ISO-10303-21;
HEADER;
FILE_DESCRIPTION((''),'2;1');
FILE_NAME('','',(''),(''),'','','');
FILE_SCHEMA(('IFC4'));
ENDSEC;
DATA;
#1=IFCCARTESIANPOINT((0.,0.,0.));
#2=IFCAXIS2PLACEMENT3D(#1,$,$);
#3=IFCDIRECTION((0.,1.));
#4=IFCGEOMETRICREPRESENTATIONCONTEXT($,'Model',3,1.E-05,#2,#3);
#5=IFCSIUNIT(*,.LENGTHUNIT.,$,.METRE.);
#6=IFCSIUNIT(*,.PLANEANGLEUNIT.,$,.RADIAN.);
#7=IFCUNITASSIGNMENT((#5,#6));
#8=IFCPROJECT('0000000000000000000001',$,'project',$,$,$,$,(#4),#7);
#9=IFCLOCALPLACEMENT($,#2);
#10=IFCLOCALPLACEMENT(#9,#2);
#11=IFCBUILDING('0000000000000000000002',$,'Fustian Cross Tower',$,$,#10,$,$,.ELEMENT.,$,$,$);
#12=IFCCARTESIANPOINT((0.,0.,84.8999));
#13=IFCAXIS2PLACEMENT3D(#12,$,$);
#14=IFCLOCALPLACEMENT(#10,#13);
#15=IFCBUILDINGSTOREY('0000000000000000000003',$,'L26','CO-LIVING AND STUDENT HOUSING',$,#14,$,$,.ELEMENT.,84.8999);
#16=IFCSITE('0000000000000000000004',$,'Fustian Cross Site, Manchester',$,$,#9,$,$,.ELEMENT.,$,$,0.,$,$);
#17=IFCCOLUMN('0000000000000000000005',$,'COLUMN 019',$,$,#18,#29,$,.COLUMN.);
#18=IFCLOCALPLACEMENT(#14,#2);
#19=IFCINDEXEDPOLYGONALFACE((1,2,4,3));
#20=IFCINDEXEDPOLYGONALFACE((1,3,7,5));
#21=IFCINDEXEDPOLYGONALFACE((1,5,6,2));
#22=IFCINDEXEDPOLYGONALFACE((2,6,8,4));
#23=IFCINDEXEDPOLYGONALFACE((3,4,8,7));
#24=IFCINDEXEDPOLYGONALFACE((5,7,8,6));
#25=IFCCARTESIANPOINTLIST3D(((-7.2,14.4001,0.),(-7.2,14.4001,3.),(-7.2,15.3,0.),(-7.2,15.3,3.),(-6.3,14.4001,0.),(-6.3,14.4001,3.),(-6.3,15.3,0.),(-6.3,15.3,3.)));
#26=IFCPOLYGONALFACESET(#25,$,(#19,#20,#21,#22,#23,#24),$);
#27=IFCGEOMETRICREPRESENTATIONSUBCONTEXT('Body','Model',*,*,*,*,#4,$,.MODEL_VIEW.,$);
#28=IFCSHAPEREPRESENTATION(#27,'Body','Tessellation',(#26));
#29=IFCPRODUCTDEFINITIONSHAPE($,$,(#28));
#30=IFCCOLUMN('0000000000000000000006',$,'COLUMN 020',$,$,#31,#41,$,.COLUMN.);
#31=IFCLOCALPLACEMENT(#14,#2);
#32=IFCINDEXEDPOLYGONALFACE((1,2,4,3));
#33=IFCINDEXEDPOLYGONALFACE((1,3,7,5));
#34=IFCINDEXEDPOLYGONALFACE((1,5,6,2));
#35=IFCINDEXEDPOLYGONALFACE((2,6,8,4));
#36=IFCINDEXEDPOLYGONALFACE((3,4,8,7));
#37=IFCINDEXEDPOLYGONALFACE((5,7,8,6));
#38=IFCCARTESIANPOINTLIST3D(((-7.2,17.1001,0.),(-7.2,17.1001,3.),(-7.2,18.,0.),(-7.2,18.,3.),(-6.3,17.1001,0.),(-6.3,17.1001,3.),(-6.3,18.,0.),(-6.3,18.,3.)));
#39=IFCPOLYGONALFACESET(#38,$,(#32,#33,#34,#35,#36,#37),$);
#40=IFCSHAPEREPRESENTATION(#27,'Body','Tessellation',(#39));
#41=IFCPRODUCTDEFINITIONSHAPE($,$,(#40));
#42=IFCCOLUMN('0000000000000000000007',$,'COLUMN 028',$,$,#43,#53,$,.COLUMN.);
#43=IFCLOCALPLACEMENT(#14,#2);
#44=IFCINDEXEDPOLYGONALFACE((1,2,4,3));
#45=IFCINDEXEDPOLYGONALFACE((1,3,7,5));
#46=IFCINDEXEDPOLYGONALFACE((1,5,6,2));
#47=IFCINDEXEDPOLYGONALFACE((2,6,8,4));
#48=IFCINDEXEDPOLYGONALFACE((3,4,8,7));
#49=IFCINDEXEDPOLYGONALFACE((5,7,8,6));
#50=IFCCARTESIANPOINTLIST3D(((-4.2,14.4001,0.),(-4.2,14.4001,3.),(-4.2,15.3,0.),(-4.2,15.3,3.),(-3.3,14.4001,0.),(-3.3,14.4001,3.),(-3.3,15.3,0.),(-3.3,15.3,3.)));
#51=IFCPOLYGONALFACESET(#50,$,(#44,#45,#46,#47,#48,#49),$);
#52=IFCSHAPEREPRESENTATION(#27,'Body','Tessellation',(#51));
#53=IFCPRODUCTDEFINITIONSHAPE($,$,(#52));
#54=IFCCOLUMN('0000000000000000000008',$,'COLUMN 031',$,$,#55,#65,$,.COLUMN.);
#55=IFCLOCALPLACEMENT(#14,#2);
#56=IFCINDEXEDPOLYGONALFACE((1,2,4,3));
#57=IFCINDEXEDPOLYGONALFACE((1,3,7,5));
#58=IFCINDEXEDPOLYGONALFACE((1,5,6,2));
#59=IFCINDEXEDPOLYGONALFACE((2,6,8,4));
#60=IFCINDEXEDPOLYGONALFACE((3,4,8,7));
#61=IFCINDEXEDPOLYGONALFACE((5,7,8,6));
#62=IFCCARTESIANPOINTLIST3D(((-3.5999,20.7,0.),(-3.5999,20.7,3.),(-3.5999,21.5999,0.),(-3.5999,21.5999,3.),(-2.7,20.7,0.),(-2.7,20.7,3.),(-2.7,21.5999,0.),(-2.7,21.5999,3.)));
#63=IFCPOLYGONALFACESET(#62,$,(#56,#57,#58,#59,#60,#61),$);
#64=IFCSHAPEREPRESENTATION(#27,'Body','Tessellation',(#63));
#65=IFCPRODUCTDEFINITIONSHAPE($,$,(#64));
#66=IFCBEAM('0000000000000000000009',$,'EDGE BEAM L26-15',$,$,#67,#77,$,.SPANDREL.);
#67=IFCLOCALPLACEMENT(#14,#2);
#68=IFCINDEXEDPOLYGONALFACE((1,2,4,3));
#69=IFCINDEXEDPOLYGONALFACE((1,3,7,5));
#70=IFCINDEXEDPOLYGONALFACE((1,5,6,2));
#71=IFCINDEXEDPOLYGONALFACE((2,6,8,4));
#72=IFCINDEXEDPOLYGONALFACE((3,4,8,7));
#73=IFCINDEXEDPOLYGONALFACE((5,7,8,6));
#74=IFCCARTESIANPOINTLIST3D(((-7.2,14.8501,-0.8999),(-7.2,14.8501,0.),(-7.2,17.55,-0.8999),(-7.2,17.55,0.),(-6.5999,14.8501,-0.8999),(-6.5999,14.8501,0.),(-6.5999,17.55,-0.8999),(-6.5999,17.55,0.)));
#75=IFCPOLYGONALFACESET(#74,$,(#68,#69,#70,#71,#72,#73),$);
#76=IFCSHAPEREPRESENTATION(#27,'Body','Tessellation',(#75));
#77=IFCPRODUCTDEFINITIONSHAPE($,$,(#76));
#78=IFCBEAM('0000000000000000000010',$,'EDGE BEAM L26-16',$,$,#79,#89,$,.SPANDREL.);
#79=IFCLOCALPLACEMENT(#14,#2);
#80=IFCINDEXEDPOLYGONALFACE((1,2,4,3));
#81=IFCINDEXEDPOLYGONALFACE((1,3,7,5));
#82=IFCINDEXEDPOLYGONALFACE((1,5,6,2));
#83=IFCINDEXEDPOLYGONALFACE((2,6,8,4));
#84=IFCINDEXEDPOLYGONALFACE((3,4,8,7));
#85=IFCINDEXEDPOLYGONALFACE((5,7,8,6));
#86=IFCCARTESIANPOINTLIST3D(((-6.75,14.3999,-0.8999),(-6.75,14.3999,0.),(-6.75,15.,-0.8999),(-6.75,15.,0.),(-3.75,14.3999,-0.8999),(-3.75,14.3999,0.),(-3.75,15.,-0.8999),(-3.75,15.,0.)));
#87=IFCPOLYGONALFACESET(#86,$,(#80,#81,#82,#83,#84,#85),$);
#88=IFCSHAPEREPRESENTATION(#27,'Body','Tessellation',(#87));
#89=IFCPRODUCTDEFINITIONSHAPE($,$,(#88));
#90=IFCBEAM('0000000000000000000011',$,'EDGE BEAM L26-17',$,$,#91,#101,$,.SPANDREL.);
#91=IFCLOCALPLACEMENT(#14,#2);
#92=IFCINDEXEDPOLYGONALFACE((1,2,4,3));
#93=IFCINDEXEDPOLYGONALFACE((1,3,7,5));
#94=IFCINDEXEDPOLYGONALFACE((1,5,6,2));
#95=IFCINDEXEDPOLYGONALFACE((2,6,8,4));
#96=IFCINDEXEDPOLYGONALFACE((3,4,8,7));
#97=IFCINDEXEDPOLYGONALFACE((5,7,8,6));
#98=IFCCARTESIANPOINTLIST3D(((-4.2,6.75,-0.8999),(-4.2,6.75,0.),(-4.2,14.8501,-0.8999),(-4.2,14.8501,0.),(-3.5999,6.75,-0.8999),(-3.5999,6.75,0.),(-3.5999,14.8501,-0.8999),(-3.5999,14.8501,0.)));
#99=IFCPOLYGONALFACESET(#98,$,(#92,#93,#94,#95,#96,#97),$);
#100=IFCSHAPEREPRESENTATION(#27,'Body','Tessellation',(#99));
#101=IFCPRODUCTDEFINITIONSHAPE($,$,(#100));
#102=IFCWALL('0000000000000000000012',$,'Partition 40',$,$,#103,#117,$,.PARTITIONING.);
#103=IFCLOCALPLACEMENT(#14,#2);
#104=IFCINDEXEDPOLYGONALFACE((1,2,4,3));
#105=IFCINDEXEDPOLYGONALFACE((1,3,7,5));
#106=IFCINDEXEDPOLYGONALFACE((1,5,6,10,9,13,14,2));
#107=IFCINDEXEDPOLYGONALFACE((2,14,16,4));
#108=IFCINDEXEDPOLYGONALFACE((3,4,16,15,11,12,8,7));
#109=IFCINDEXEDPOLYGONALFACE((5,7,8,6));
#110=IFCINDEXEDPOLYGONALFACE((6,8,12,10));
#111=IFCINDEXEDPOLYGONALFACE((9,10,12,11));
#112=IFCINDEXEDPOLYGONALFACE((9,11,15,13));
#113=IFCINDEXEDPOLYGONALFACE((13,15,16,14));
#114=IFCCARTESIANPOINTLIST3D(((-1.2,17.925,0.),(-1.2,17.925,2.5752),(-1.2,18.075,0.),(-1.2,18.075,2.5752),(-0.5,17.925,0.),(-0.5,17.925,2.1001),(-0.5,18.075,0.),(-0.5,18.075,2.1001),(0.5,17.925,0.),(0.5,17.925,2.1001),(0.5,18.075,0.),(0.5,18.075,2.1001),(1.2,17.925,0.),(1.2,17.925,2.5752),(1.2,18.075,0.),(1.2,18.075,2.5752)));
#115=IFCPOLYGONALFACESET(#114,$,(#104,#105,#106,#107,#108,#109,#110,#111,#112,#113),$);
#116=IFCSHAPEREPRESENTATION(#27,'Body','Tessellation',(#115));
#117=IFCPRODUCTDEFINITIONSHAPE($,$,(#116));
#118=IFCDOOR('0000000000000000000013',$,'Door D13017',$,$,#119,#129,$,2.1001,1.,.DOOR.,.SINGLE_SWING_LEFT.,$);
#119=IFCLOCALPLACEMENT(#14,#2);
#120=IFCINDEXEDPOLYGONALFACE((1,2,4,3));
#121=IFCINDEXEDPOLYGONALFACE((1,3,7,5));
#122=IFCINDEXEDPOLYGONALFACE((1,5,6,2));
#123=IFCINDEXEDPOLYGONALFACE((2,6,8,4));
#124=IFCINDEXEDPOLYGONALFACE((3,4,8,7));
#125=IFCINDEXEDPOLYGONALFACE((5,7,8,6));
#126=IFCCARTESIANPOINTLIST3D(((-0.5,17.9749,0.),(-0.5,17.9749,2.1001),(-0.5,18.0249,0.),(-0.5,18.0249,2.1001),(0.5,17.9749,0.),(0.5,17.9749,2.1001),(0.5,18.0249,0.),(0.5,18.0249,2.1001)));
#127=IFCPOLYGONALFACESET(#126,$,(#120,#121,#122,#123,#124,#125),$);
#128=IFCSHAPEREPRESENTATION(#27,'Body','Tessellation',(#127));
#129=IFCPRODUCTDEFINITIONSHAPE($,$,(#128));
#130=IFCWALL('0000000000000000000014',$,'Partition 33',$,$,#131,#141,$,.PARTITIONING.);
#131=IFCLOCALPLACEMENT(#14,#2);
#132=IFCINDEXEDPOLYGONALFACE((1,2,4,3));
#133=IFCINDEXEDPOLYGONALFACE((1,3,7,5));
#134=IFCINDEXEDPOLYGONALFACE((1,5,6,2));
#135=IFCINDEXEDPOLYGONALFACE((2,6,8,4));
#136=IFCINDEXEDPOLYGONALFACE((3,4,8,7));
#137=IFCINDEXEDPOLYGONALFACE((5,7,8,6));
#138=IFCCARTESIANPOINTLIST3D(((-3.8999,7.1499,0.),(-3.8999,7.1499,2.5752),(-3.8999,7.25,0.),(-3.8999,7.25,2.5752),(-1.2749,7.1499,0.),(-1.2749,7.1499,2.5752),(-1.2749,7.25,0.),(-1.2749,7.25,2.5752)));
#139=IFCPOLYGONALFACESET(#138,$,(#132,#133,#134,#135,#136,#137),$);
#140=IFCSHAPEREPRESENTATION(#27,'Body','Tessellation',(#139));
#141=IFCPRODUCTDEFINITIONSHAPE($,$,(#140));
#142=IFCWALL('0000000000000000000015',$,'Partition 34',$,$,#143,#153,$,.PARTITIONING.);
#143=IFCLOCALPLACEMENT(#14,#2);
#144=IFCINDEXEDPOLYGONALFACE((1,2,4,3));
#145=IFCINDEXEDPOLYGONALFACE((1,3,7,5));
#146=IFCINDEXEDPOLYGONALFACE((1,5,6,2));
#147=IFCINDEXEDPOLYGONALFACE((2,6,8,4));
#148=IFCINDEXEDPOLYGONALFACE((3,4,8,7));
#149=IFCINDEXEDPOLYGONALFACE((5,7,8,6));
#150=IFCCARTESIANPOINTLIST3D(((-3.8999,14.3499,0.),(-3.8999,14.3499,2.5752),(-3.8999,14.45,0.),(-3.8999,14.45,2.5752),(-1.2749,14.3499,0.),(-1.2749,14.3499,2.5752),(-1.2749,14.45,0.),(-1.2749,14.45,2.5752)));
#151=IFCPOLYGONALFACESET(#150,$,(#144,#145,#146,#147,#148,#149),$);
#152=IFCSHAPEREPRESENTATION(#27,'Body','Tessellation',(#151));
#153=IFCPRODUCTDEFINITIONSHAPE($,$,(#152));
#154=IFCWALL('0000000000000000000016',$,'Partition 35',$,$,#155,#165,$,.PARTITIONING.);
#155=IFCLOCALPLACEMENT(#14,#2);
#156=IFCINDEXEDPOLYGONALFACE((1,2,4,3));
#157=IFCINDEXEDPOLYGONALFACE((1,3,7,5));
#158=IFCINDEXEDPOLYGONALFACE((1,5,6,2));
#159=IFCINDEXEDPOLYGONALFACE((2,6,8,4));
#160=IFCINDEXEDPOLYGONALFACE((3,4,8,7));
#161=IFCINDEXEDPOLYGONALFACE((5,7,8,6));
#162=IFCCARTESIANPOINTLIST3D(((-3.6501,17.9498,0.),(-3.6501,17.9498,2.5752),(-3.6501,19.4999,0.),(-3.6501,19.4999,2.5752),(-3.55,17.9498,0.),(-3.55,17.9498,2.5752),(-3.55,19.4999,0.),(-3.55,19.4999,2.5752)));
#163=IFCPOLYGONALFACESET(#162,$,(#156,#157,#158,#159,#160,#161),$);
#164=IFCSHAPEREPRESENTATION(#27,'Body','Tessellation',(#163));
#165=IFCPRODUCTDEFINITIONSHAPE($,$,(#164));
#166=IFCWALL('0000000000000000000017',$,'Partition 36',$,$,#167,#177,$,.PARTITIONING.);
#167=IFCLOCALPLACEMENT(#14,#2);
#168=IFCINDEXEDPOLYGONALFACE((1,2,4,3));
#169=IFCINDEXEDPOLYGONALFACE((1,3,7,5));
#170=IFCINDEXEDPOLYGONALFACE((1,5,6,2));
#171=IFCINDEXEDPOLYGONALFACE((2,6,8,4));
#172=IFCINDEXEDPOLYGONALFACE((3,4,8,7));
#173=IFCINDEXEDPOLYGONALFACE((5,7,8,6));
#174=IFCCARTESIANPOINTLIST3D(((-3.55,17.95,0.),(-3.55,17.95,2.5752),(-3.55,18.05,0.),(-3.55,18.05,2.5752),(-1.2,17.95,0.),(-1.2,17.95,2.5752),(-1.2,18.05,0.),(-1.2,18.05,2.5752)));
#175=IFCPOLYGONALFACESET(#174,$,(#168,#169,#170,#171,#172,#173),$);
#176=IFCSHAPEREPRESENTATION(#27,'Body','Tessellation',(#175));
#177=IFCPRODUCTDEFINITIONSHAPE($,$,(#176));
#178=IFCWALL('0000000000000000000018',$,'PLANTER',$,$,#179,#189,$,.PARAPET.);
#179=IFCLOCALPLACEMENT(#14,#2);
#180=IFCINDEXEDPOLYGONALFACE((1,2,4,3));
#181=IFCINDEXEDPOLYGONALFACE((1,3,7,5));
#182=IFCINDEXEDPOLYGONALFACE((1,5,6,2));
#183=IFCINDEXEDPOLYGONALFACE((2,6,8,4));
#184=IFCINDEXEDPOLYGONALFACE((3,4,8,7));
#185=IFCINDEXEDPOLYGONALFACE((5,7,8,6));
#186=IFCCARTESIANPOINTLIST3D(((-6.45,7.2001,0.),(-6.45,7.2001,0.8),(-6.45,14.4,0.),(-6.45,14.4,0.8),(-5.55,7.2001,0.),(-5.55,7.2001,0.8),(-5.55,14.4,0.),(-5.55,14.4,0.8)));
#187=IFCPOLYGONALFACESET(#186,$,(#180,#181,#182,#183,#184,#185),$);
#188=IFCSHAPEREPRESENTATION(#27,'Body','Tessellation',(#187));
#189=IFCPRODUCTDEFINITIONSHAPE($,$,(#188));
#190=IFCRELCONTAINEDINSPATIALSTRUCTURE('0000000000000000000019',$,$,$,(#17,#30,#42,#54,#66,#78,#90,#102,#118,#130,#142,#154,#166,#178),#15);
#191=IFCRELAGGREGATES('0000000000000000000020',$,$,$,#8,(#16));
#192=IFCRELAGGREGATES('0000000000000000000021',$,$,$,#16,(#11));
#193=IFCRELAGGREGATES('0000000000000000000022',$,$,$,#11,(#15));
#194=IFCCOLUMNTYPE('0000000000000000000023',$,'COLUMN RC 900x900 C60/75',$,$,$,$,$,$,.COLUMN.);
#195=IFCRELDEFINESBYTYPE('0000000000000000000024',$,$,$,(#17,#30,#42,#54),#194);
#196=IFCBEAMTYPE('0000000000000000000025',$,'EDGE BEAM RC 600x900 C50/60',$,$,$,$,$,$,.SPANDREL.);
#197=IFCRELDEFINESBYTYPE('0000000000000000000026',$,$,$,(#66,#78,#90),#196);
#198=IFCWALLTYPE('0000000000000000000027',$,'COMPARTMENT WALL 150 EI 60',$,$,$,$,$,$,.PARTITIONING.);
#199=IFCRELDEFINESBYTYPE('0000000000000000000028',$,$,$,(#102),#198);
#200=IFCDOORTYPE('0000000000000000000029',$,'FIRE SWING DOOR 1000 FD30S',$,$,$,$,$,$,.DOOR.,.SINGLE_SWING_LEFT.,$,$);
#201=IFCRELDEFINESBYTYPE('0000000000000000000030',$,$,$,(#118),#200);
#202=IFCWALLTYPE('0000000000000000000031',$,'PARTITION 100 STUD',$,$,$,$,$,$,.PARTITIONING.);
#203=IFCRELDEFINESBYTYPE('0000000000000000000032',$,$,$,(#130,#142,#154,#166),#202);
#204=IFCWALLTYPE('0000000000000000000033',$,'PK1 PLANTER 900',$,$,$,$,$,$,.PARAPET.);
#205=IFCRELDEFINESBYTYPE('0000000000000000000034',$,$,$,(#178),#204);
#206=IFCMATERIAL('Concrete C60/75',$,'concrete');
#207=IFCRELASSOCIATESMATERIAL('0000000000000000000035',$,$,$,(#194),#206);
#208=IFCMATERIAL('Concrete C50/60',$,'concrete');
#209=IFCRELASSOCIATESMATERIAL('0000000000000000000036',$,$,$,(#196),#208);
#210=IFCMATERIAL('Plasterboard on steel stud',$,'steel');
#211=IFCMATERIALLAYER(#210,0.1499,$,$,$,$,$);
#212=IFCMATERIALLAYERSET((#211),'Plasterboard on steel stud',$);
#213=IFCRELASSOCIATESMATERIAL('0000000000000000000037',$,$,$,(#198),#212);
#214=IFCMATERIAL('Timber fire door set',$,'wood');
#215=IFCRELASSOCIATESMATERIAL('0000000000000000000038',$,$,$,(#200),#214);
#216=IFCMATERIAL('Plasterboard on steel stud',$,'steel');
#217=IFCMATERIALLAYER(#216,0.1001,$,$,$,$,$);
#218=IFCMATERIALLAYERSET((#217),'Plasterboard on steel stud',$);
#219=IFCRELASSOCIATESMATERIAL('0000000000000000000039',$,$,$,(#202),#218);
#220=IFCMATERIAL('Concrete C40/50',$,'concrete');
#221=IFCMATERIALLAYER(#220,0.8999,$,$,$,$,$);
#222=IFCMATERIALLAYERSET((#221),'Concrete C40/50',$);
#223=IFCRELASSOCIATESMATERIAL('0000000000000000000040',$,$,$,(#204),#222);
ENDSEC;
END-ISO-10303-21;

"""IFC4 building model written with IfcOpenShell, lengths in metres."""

from ifc_helpers import new_model, si_unit, direction, frame, frame_2d, origin, origin_2d, place, context, subcontext, project, spatial, rectangle, extrude, material, layer, layer_set, material_profile, profile_set, type_object, element, fill, save


model = new_model("IFC4")

# Units and contexts
model_context = context("Model", 3, precision=1e-05, world=origin(), true_north=direction((0.0, 1.0)))
body_context = subcontext(model_context, "Body", "Model", "MODEL_VIEW")
ifc_project = project(units=[si_unit("LENGTHUNIT", "METRE"), si_unit("PLANEANGLEUNIT", "RADIAN")], contexts=[model_context])

# Site, building, storey
site_placement = place(None, origin())
site = spatial("IfcSite", under=ifc_project, at=site_placement, Name="Fustian Cross Site, Manchester", CompositionType="ELEMENT", RefElevation=0.0)
building_placement = place(site_placement, origin())
building = spatial("IfcBuilding", under=site, at=building_placement, Name="Fustian Cross Tower", CompositionType="ELEMENT")
storey_placement = place(building_placement, frame((0.0, 0.0, 84.8999)))
storey = spatial("IfcBuildingStorey", under=building, at=storey_placement, Name="L26", Description="CO-LIVING AND STUDENT HOUSING", CompositionType="ELEMENT", Elevation=84.8999)

# Columns
ifc_material_1 = material(Name="Concrete C60/75", Category="concrete")
ifc_material_profile_1 = material_profile(ifc_material_1, rectangle(XDim=0.8999, YDim=0.8999, at=origin_2d()), Name="RC 900x900")
ifc_profile_set_1 = profile_set([ifc_material_profile_1], Name="Concrete C60/75")
column_type = type_object("IfcColumnType", Name="COLUMN RC 900x900 C60/75", PredefinedType="COLUMN", material=ifc_profile_set_1)
for number, where, z_axis, x_axis, name in (
    (1, (-6.75, 14.8501, 0.0), (0.0, 0.0, 1.0), (1.0, 0.0, 0.0), "COLUMN 019"),
    (2, (-6.75, 17.55, 0.0), (0.0, 0.0, 1.0), (1.0, 0.0, 0.0), "COLUMN 020"),
    (3, (-3.75, 14.8501, 0.0), (0.0, 0.0, 1.0), (1.0, 0.0, 0.0), "COLUMN 028"),
    (4, (-3.1499, 21.1499, 0.0), (0.0, 0.0, 1.0), (1.0, 0.0, 0.0), "COLUMN 031"),
):
    element("IfcColumn", number, at=place(storey_placement, frame(where, z_axis=z_axis, x_axis=x_axis)), inside=storey, type_object=column_type, Name=name, PredefinedType="COLUMN", context=body_context, shape_type="SweptSolid", body=[
        extrude(rectangle(XDim=0.8999, YDim=0.8999, at=origin_2d()), origin(), (0.0, 0.0, 1.0), 3.0),
    ])

# Beams
ifc_material_2 = material(Name="Concrete C50/60", Category="concrete")
ifc_material_profile_2 = material_profile(ifc_material_2, rectangle(XDim=0.6001, YDim=0.8999, at=origin_2d()), Name="RC 600x900")
ifc_profile_set_2 = profile_set([ifc_material_profile_2], Name="Concrete C50/60")
beam_type = type_object("IfcBeamType", Name="EDGE BEAM RC 600x900 C50/60", PredefinedType="SPANDREL", material=ifc_profile_set_2)
beam_1_placement = place(storey_placement, frame((-6.8999, 17.55, -0.45), z_axis=(0.0, -1.0, 0.0), x_axis=(1.0, 0.0, 0.0)))
element("IfcBeam", 5, at=beam_1_placement, inside=storey, type_object=beam_type, Name="EDGE BEAM L26-15", PredefinedType="SPANDREL", context=body_context, shape_type="SweptSolid", body=[
    extrude(rectangle(XDim=0.6001, YDim=0.8999, at=origin_2d()), origin(), (0.0, 0.0, 1.0), 2.7),
])
beam_2_placement = place(storey_placement, frame((-6.75, 14.7, -0.45), z_axis=(1.0, 0.0, 0.0), x_axis=(0.0, 1.0, 0.0)))
element("IfcBeam", 6, at=beam_2_placement, inside=storey, type_object=beam_type, Name="EDGE BEAM L26-16", PredefinedType="SPANDREL", context=body_context, shape_type="SweptSolid", body=[
    extrude(rectangle(XDim=0.6001, YDim=0.8999, at=origin_2d()), origin(), (0.0, 0.0, 1.0), 3.0),
])
beam_3_placement = place(storey_placement, frame((-3.8999, 14.8501, -0.45), z_axis=(0.0, -1.0, 0.0), x_axis=(1.0, 0.0, 0.0)))
element("IfcBeam", 7, at=beam_3_placement, inside=storey, type_object=beam_type, Name="EDGE BEAM L26-17", PredefinedType="SPANDREL", context=body_context, shape_type="SweptSolid", body=[
    extrude(rectangle(XDim=0.6001, YDim=0.8999, at=origin_2d()), origin(), (0.0, 0.0, 1.0), 8.1001),
])

# Wall, opening, door
ifc_material_3 = material(Name="Plasterboard on steel stud", Category="steel")
ifc_layer_1 = layer(ifc_material_3, 0.1499)
ifc_layer_set_1 = layer_set([ifc_layer_1], Name="Plasterboard on steel stud")
wall_type_1 = type_object("IfcWallType", Name="COMPARTMENT WALL 150 EI 60", PredefinedType="PARTITIONING", material=ifc_layer_set_1)
wall_1_placement = place(storey_placement, frame((-1.2, 18.0, 0.0), z_axis=(0.0, 0.0, 1.0), x_axis=(1.0, 0.0, 0.0)))
wall_1 = element("IfcWall", 8, at=wall_1_placement, inside=storey, type_object=wall_type_1, Name="Partition 40", PredefinedType="PARTITIONING", context=body_context, shape_type="SweptSolid", body=[
    extrude(rectangle(XDim=2.3999, YDim=0.1499, at=frame_2d((1.2, 0.0))), origin(), (0.0, 0.0, 1.0), 2.5752),
])
opening_1_placement = place(wall_1_placement, frame((0.7, 0.0, 0.0)))
opening_1 = element("IfcOpeningElement", 9, at=opening_1_placement, cuts=wall_1, PredefinedType="OPENING", context=body_context, shape_type="SweptSolid", body=[
    extrude(rectangle(XDim=1.0, YDim=2.1001, at=frame_2d((0.5, 1.05))), frame((0.0, 0.085, 0.0), z_axis=(0.0, -1.0, 0.0), x_axis=(1.0, 0.0, 0.0)), (0.0, 0.0, 1.0), 0.1699),
])
ifc_material_4 = material(Name="Timber fire door set", Category="wood")
door_type_1 = type_object("IfcDoorType", Name="FIRE SWING DOOR 1000 FD30S", OperationType="SINGLE_SWING_LEFT", PredefinedType="DOOR", material=ifc_material_4)
door_1_placement = place(opening_1_placement, origin())
door_1 = element("IfcDoor", 10, at=door_1_placement, inside=storey, type_object=door_type_1, Name="Door D13017", OperationType="SINGLE_SWING_LEFT", OverallHeight=2.1001, OverallWidth=1.0, PredefinedType="DOOR", context=body_context, shape_type="SweptSolid", body=[
    extrude(rectangle(XDim=1.0, YDim=2.1001, at=frame_2d((0.5, 1.05))), frame((0.0, 0.0249, 0.0), z_axis=(0.0, -1.0, 0.0), x_axis=(1.0, 0.0, 0.0)), (0.0, 0.0, 1.0), 0.05),
])
fill(opening_1, door_1)

# Walls
ifc_material_5 = material(Name="Plasterboard on steel stud", Category="steel")
ifc_layer_2 = layer(ifc_material_5, 0.1001)
ifc_layer_set_2 = layer_set([ifc_layer_2], Name="Plasterboard on steel stud")
wall_type_2 = type_object("IfcWallType", Name="PARTITION 100 STUD", PredefinedType="PARTITIONING", material=ifc_layer_set_2)
for number, where, z_axis, x_axis, name in (
    (11, (-3.8999, 7.2, 0.0), (0.0, 0.0, 1.0), (1.0, 0.0, 0.0), "Partition 33"),
    (12, (-3.8999, 14.3999, 0.0), (0.0, 0.0, 1.0), (1.0, 0.0, 0.0), "Partition 34"),
):
    element("IfcWall", number, at=place(storey_placement, frame(where, z_axis=z_axis, x_axis=x_axis)), inside=storey, type_object=wall_type_2, Name=name, PredefinedType="PARTITIONING", context=body_context, shape_type="SweptSolid", body=[
        extrude(rectangle(XDim=2.625, YDim=0.1001, at=frame_2d((1.3125, 0.0))), origin(), (0.0, 0.0, 1.0), 2.5752),
    ])
wall_2_placement = place(storey_placement, frame((-3.6001, 17.95, 0.0), z_axis=(0.0, 0.0, 1.0), x_axis=(0.0, 1.0, 0.0)))
element("IfcWall", 13, at=wall_2_placement, inside=storey, type_object=wall_type_2, Name="Partition 35", PredefinedType="PARTITIONING", context=body_context, shape_type="SweptSolid", body=[
    extrude(rectangle(XDim=1.55, YDim=0.1001, at=frame_2d((0.7749, 0.0))), origin(), (0.0, 0.0, 1.0), 2.5752),
])
wall_3_placement = place(storey_placement, frame((-3.55, 18.0, 0.0), z_axis=(0.0, 0.0, 1.0), x_axis=(1.0, 0.0, 0.0)))
element("IfcWall", 14, at=wall_3_placement, inside=storey, type_object=wall_type_2, Name="Partition 36", PredefinedType="PARTITIONING", context=body_context, shape_type="SweptSolid", body=[
    extrude(rectangle(XDim=2.3501, YDim=0.1001, at=frame_2d((1.175, 0.0))), origin(), (0.0, 0.0, 1.0), 2.5752),
])
ifc_material_6 = material(Name="Concrete C40/50", Category="concrete")
ifc_layer_3 = layer(ifc_material_6, 0.8999)
ifc_layer_set_3 = layer_set([ifc_layer_3], Name="Concrete C40/50")
wall_type_3 = type_object("IfcWallType", Name="PK1 PLANTER 900", PredefinedType="PARAPET", material=ifc_layer_set_3)
wall_4_placement = place(storey_placement, frame((-6.0, 7.2, 0.0), z_axis=(0.0, 0.0, 1.0), x_axis=(0.0, 1.0, 0.0)))
element("IfcWall", 15, at=wall_4_placement, inside=storey, type_object=wall_type_3, Name="PLANTER", PredefinedType="PARAPET", context=body_context, shape_type="SweptSolid", body=[
    extrude(rectangle(XDim=7.2, YDim=0.8999, at=frame_2d((3.6001, 0.0))), origin(), (0.0, 0.0, 1.0), 0.8),
])

save(model, "model.ifc")
